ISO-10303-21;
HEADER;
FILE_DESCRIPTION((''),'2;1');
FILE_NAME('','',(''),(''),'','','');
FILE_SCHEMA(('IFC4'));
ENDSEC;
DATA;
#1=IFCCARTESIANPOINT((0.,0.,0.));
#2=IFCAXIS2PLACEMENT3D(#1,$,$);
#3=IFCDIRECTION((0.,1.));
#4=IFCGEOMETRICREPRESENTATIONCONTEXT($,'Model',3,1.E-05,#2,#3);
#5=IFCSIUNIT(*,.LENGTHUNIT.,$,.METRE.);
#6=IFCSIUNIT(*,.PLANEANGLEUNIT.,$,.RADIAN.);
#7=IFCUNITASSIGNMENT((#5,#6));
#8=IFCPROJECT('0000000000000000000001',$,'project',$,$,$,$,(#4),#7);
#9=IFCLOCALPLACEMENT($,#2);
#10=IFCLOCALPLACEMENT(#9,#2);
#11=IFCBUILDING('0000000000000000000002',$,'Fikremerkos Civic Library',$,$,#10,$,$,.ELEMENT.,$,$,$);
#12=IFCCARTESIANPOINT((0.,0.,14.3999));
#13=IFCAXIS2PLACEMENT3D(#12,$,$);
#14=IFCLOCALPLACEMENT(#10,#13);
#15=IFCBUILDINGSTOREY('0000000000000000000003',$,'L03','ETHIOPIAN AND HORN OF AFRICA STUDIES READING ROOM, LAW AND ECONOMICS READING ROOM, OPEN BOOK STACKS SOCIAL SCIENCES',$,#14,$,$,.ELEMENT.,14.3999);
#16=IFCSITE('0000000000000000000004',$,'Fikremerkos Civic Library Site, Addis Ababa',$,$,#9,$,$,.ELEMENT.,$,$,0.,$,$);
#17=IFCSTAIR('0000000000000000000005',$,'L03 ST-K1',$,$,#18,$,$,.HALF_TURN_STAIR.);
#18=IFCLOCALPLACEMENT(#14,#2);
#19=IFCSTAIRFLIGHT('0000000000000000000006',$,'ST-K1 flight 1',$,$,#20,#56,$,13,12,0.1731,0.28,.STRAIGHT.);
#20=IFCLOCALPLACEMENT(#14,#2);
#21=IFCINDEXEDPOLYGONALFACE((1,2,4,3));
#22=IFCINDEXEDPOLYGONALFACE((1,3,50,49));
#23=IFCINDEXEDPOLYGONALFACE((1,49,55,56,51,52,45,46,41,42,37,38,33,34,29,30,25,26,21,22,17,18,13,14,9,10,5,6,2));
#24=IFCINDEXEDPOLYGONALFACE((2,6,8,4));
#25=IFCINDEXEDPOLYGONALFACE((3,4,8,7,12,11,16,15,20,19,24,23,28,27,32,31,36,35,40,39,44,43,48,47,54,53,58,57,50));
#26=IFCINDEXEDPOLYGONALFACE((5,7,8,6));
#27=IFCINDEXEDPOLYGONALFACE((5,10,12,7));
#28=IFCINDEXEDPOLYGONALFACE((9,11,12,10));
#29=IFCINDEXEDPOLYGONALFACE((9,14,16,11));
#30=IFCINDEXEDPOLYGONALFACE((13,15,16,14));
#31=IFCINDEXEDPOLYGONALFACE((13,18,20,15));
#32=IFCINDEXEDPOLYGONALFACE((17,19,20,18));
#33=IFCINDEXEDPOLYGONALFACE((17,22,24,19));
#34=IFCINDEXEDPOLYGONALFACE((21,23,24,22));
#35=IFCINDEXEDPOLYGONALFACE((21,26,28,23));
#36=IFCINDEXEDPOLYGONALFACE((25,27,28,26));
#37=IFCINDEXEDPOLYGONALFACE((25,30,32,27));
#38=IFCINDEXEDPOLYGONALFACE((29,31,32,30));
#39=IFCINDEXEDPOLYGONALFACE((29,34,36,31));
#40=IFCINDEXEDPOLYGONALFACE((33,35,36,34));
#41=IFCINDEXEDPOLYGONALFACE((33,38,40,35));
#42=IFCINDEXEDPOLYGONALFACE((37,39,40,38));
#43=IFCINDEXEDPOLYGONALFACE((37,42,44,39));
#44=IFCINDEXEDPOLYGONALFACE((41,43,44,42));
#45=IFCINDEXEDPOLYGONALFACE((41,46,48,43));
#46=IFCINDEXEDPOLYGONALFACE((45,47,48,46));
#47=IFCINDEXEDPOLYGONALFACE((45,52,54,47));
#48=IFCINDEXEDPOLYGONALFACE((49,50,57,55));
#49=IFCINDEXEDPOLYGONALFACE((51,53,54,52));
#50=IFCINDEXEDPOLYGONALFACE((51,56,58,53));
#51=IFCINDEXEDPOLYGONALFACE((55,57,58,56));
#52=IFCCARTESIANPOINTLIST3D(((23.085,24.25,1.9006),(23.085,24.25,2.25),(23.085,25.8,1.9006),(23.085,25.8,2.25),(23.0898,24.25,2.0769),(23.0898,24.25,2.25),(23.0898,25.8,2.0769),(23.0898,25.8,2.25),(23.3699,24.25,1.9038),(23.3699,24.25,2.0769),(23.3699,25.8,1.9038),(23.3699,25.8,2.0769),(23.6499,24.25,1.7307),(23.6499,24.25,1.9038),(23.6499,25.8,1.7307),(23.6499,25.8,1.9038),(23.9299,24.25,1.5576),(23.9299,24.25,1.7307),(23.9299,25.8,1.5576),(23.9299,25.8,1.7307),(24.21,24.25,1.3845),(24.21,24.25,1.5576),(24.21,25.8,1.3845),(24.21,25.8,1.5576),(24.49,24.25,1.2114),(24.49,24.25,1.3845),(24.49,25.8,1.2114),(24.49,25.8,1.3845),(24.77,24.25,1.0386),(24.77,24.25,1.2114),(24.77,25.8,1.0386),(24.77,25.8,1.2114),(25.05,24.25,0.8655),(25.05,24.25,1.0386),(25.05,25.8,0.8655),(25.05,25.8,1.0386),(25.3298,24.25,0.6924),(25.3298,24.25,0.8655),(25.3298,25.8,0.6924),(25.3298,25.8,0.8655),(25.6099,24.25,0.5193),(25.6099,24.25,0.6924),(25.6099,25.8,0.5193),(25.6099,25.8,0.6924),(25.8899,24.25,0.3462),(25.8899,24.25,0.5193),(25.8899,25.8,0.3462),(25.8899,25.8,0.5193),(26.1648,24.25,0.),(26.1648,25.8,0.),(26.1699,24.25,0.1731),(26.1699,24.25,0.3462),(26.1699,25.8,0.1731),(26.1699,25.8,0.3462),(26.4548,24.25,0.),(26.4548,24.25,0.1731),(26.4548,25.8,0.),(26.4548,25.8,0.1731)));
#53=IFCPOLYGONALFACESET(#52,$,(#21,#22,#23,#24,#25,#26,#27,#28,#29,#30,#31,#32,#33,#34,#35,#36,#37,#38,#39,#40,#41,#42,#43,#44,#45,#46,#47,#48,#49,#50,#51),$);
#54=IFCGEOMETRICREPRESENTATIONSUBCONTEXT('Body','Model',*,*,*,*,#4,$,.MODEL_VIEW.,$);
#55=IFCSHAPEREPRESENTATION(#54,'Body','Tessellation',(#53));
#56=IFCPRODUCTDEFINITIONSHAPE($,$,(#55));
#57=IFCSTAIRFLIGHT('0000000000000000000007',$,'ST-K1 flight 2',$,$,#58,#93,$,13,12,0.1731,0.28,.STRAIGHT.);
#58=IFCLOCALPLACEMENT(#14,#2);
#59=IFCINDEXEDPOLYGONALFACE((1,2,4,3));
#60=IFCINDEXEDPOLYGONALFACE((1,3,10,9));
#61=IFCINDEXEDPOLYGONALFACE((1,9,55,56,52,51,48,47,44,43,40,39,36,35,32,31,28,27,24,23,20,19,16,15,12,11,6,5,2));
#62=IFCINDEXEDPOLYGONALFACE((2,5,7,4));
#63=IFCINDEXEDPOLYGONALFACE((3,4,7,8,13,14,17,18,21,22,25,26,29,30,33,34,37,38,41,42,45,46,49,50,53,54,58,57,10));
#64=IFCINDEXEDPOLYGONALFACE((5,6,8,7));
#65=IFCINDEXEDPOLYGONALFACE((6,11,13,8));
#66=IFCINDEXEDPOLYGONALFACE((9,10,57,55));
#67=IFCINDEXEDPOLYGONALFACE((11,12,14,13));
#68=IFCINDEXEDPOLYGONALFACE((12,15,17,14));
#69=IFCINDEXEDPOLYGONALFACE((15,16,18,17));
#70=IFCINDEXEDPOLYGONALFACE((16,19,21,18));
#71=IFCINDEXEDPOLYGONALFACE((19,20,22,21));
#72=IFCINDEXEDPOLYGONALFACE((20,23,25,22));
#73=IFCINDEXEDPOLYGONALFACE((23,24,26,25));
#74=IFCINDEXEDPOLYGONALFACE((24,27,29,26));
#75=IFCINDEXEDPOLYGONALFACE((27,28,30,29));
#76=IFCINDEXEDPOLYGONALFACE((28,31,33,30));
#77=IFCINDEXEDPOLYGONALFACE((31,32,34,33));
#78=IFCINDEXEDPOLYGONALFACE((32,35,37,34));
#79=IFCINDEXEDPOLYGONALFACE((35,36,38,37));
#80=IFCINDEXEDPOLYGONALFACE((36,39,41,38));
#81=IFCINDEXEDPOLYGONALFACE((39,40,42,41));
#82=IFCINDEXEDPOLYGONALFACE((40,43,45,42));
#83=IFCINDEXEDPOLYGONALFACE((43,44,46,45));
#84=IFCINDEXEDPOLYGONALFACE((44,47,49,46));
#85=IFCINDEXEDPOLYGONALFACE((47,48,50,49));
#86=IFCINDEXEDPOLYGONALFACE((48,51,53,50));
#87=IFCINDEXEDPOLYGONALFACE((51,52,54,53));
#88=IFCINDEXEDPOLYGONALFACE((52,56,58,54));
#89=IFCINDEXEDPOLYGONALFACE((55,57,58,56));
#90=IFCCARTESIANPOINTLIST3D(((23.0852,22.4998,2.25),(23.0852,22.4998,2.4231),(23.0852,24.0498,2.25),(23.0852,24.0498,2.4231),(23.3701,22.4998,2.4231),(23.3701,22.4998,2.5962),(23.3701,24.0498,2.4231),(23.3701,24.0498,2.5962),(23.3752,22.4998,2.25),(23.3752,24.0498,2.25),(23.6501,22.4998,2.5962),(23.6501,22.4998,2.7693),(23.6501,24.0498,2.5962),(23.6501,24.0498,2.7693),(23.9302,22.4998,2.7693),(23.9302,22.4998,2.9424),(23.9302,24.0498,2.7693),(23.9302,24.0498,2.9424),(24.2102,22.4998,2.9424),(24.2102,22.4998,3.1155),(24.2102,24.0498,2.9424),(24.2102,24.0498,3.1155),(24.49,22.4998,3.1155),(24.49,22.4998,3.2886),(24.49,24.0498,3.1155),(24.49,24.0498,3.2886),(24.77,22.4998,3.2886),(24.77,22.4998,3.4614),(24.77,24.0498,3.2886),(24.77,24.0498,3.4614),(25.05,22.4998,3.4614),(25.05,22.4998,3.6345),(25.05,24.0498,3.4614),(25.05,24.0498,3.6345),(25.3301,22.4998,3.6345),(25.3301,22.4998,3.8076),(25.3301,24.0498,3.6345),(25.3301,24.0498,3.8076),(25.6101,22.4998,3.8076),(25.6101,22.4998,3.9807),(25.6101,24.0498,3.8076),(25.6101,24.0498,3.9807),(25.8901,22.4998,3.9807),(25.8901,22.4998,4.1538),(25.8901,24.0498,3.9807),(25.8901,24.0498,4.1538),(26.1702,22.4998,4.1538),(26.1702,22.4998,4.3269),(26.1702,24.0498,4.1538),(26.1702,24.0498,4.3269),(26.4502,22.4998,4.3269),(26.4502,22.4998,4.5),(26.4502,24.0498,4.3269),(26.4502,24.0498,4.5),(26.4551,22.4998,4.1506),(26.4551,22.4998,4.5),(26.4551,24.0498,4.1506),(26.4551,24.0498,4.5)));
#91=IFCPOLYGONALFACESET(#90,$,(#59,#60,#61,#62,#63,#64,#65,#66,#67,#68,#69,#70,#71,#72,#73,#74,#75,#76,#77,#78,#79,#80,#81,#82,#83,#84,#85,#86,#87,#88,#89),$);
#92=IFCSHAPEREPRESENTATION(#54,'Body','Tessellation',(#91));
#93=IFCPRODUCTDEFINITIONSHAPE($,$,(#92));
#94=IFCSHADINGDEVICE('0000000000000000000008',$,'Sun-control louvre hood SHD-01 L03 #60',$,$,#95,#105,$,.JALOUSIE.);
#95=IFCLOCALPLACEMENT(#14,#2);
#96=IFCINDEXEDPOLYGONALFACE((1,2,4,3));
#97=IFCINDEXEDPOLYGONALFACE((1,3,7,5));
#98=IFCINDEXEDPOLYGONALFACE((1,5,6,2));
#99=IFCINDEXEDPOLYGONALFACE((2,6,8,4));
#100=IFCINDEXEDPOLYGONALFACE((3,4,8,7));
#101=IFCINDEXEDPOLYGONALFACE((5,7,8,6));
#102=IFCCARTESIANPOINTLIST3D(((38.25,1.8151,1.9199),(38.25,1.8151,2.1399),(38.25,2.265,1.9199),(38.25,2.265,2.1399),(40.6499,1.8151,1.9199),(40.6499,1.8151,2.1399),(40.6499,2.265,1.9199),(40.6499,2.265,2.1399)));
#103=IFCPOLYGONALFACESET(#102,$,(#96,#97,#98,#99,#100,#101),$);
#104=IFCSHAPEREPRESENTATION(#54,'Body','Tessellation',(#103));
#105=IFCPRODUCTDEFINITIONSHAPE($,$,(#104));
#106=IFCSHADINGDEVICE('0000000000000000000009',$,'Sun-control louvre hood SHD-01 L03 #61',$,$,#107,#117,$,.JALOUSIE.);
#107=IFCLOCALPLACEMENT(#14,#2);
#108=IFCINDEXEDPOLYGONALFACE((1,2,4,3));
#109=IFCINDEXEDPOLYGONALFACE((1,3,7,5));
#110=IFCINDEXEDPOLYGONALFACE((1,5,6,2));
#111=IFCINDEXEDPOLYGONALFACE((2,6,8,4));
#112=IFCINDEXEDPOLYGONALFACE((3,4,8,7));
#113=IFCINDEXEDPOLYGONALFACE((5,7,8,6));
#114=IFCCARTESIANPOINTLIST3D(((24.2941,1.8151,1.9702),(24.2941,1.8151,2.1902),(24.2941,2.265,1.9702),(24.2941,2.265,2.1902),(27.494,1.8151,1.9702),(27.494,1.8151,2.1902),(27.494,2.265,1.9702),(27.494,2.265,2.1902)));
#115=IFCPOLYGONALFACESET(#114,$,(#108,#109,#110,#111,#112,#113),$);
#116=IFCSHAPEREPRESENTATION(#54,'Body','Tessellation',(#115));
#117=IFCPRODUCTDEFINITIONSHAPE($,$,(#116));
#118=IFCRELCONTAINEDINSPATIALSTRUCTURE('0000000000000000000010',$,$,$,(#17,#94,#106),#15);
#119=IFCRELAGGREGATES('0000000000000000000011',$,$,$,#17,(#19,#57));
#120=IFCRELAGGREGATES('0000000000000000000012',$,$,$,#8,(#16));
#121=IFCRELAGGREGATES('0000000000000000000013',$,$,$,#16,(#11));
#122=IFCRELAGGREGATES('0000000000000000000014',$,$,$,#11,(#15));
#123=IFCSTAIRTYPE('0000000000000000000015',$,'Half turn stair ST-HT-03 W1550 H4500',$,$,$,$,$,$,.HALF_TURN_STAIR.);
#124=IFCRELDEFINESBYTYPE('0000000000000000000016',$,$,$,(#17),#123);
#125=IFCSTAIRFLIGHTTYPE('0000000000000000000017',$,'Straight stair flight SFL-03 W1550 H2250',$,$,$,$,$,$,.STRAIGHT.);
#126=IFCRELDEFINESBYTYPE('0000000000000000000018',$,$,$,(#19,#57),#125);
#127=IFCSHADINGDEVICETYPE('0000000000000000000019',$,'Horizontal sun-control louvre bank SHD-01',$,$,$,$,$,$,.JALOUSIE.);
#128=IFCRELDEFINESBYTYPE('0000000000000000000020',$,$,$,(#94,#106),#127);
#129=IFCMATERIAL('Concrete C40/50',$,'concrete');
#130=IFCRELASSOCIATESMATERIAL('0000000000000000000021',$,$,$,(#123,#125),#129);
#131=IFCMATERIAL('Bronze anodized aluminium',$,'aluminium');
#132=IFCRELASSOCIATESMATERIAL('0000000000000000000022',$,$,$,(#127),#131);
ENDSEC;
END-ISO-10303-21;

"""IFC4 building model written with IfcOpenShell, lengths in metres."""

from ifc_helpers import new_model, si_unit, direction, frame, origin, origin_2d, place, context, subcontext, project, spatial, polyline, rectangle, outline, extrude, material, type_object, element, aggregate, save


model = new_model("IFC4")

# Units and contexts
model_context = context("Model", 3, precision=1e-05, world=origin(), true_north=direction((0.0, 1.0)))
body_context = subcontext(model_context, "Body", "Model", "MODEL_VIEW")
ifc_project = project(units=[si_unit("LENGTHUNIT", "METRE"), si_unit("PLANEANGLEUNIT", "RADIAN")], contexts=[model_context])

# Site, building, storey
site_placement = place(None, origin())
site = spatial("IfcSite", under=ifc_project, at=site_placement, Name="Fikremerkos Civic Library Site, Addis Ababa", CompositionType="ELEMENT", RefElevation=0.0)
building_placement = place(site_placement, origin())
building = spatial("IfcBuilding", under=site, at=building_placement, Name="Fikremerkos Civic Library", CompositionType="ELEMENT")
storey_placement = place(building_placement, frame((0.0, 0.0, 14.3999)))
storey = spatial("IfcBuildingStorey", under=building, at=storey_placement, Name="L03", Description="ETHIOPIAN AND HORN OF AFRICA STUDIES READING ROOM, LAW AND ECONOMICS READING ROOM, OPEN BOOK STACKS SOCIAL SCIENCES", CompositionType="ELEMENT", Elevation=14.3999)

# Shared definitions
ifc_material_1 = material(Name="Concrete C40/50", Category="concrete")

# Stair, stair flights
stair_type = type_object("IfcStairType", Name="Half turn stair ST-HT-03 W1550 H4500", PredefinedType="HALF_TURN_STAIR", material=ifc_material_1)
stair_placement = place(storey_placement, origin())
stair = element("IfcStair", 1, at=stair_placement, inside=storey, type_object=stair_type, Name="L03 ST-K1", PredefinedType="HALF_TURN_STAIR")
stair_flight_type = type_object("IfcStairFlightType", Name="Straight stair flight SFL-03 W1550 H2250", PredefinedType="STRAIGHT", material=ifc_material_1)
stair_flight_1_placement = place(storey_placement, frame((26.45, 25.0249, 0.0), z_axis=(0.0, 0.0, 1.0), x_axis=(-1.0, 0.0, 0.0)))
stair_flight_1 = element("IfcStairFlight", 2, at=stair_flight_1_placement, type_object=stair_flight_type, Name="ST-K1 flight 1", NumberOfRisers=13, NumberOfTreads=12, PredefinedType="STRAIGHT", RiserHeight=0.1731, TreadLength=0.28, context=body_context, shape_type="SweptSolid", body=[
    extrude(outline(polyline([(-0.0049, 0.0), (-0.0049, 0.1731), (0.28, 0.1731), (0.28, 0.3462), (0.5601, 0.3462), (0.5601, 0.5193), (0.8401, 0.5193), (0.8401, 0.6924), (1.1201, 0.6924), (1.1201, 0.8655), (1.3999, 0.8655), (1.3999, 1.0386), (1.6799, 1.0386), (1.6799, 1.2114), (1.96, 1.2114), (1.96, 1.3845), (2.24, 1.3845), (2.24, 1.5576), (2.52, 1.5576), (2.52, 1.7307), (2.8, 1.7307), (2.8, 1.9038), (3.0801, 1.9038), (3.0801, 2.0769), (3.3601, 2.0769), (3.3601, 2.25), (3.365, 2.25), (3.365, 1.9006), (0.2852, 0.0), (-0.0049, 0.0)])), frame((0.0, 0.7749, 0.0), z_axis=(0.0, -1.0, 0.0), x_axis=(1.0, 0.0, 0.0)), (0.0, 0.0, 1.0), 1.55),
])
stair_flight_2_placement = place(storey_placement, frame((23.0901, 23.2749, 2.25), z_axis=(0.0, 0.0, 1.0), x_axis=(1.0, 0.0, 0.0)))
stair_flight_2 = element("IfcStairFlight", 3, at=stair_flight_2_placement, type_object=stair_flight_type, Name="ST-K1 flight 2", NumberOfRisers=13, NumberOfTreads=12, PredefinedType="STRAIGHT", RiserHeight=0.1731, TreadLength=0.28, context=body_context, shape_type="SweptSolid", body=[
    extrude(outline(polyline([(-0.0049, 0.0), (-0.0049, 0.1731), (0.28, 0.1731), (0.28, 0.3462), (0.5601, 0.3462), (0.5601, 0.5193), (0.8401, 0.5193), (0.8401, 0.6924), (1.1201, 0.6924), (1.1201, 0.8655), (1.3999, 0.8655), (1.3999, 1.0386), (1.6799, 1.0386), (1.6799, 1.2114), (1.96, 1.2114), (1.96, 1.3845), (2.24, 1.3845), (2.24, 1.5576), (2.52, 1.5576), (2.52, 1.7307), (2.8, 1.7307), (2.8, 1.9038), (3.0801, 1.9038), (3.0801, 2.0769), (3.3601, 2.0769), (3.3601, 2.25), (3.365, 2.25), (3.365, 1.9006), (0.2852, 0.0), (-0.0049, 0.0)])), frame((0.0, 0.7749, 0.0), z_axis=(0.0, -1.0, 0.0), x_axis=(1.0, 0.0, 0.0)), (0.0, 0.0, 1.0), 1.55),
])
aggregate(stair, [stair_flight_1, stair_flight_2])

# Shading devices
ifc_material_2 = material(Name="Bronze anodized aluminium", Category="aluminium")
shading_device_type = type_object("IfcShadingDeviceType", Name="Horizontal sun-control louvre bank SHD-01", PredefinedType="JALOUSIE", material=ifc_material_2)
shading_device_1_placement = place(storey_placement, frame((39.45, 2.04, 1.9199), z_axis=(0.0, 0.0, 1.0), x_axis=(1.0, 0.0, 0.0)))
element("IfcShadingDevice", 4, at=shading_device_1_placement, inside=storey, type_object=shading_device_type, Name="Sun-control louvre hood SHD-01 L03 #60", PredefinedType="JALOUSIE", context=body_context, shape_type="SweptSolid", body=[
    extrude(rectangle(XDim=2.3999, YDim=0.45, at=origin_2d()), origin(), (0.0, 0.0, 1.0), 0.22),
])
shading_device_2_placement = place(storey_placement, frame((25.894, 2.04, 1.9702), z_axis=(0.0, 0.0, 1.0), x_axis=(1.0, 0.0, 0.0)))
element("IfcShadingDevice", 5, at=shading_device_2_placement, inside=storey, type_object=shading_device_type, Name="Sun-control louvre hood SHD-01 L03 #61", PredefinedType="JALOUSIE", context=body_context, shape_type="SweptSolid", body=[
    extrude(rectangle(XDim=3.2, YDim=0.45, at=origin_2d()), origin(), (0.0, 0.0, 1.0), 0.22),
])

save(model, "model.ifc")
